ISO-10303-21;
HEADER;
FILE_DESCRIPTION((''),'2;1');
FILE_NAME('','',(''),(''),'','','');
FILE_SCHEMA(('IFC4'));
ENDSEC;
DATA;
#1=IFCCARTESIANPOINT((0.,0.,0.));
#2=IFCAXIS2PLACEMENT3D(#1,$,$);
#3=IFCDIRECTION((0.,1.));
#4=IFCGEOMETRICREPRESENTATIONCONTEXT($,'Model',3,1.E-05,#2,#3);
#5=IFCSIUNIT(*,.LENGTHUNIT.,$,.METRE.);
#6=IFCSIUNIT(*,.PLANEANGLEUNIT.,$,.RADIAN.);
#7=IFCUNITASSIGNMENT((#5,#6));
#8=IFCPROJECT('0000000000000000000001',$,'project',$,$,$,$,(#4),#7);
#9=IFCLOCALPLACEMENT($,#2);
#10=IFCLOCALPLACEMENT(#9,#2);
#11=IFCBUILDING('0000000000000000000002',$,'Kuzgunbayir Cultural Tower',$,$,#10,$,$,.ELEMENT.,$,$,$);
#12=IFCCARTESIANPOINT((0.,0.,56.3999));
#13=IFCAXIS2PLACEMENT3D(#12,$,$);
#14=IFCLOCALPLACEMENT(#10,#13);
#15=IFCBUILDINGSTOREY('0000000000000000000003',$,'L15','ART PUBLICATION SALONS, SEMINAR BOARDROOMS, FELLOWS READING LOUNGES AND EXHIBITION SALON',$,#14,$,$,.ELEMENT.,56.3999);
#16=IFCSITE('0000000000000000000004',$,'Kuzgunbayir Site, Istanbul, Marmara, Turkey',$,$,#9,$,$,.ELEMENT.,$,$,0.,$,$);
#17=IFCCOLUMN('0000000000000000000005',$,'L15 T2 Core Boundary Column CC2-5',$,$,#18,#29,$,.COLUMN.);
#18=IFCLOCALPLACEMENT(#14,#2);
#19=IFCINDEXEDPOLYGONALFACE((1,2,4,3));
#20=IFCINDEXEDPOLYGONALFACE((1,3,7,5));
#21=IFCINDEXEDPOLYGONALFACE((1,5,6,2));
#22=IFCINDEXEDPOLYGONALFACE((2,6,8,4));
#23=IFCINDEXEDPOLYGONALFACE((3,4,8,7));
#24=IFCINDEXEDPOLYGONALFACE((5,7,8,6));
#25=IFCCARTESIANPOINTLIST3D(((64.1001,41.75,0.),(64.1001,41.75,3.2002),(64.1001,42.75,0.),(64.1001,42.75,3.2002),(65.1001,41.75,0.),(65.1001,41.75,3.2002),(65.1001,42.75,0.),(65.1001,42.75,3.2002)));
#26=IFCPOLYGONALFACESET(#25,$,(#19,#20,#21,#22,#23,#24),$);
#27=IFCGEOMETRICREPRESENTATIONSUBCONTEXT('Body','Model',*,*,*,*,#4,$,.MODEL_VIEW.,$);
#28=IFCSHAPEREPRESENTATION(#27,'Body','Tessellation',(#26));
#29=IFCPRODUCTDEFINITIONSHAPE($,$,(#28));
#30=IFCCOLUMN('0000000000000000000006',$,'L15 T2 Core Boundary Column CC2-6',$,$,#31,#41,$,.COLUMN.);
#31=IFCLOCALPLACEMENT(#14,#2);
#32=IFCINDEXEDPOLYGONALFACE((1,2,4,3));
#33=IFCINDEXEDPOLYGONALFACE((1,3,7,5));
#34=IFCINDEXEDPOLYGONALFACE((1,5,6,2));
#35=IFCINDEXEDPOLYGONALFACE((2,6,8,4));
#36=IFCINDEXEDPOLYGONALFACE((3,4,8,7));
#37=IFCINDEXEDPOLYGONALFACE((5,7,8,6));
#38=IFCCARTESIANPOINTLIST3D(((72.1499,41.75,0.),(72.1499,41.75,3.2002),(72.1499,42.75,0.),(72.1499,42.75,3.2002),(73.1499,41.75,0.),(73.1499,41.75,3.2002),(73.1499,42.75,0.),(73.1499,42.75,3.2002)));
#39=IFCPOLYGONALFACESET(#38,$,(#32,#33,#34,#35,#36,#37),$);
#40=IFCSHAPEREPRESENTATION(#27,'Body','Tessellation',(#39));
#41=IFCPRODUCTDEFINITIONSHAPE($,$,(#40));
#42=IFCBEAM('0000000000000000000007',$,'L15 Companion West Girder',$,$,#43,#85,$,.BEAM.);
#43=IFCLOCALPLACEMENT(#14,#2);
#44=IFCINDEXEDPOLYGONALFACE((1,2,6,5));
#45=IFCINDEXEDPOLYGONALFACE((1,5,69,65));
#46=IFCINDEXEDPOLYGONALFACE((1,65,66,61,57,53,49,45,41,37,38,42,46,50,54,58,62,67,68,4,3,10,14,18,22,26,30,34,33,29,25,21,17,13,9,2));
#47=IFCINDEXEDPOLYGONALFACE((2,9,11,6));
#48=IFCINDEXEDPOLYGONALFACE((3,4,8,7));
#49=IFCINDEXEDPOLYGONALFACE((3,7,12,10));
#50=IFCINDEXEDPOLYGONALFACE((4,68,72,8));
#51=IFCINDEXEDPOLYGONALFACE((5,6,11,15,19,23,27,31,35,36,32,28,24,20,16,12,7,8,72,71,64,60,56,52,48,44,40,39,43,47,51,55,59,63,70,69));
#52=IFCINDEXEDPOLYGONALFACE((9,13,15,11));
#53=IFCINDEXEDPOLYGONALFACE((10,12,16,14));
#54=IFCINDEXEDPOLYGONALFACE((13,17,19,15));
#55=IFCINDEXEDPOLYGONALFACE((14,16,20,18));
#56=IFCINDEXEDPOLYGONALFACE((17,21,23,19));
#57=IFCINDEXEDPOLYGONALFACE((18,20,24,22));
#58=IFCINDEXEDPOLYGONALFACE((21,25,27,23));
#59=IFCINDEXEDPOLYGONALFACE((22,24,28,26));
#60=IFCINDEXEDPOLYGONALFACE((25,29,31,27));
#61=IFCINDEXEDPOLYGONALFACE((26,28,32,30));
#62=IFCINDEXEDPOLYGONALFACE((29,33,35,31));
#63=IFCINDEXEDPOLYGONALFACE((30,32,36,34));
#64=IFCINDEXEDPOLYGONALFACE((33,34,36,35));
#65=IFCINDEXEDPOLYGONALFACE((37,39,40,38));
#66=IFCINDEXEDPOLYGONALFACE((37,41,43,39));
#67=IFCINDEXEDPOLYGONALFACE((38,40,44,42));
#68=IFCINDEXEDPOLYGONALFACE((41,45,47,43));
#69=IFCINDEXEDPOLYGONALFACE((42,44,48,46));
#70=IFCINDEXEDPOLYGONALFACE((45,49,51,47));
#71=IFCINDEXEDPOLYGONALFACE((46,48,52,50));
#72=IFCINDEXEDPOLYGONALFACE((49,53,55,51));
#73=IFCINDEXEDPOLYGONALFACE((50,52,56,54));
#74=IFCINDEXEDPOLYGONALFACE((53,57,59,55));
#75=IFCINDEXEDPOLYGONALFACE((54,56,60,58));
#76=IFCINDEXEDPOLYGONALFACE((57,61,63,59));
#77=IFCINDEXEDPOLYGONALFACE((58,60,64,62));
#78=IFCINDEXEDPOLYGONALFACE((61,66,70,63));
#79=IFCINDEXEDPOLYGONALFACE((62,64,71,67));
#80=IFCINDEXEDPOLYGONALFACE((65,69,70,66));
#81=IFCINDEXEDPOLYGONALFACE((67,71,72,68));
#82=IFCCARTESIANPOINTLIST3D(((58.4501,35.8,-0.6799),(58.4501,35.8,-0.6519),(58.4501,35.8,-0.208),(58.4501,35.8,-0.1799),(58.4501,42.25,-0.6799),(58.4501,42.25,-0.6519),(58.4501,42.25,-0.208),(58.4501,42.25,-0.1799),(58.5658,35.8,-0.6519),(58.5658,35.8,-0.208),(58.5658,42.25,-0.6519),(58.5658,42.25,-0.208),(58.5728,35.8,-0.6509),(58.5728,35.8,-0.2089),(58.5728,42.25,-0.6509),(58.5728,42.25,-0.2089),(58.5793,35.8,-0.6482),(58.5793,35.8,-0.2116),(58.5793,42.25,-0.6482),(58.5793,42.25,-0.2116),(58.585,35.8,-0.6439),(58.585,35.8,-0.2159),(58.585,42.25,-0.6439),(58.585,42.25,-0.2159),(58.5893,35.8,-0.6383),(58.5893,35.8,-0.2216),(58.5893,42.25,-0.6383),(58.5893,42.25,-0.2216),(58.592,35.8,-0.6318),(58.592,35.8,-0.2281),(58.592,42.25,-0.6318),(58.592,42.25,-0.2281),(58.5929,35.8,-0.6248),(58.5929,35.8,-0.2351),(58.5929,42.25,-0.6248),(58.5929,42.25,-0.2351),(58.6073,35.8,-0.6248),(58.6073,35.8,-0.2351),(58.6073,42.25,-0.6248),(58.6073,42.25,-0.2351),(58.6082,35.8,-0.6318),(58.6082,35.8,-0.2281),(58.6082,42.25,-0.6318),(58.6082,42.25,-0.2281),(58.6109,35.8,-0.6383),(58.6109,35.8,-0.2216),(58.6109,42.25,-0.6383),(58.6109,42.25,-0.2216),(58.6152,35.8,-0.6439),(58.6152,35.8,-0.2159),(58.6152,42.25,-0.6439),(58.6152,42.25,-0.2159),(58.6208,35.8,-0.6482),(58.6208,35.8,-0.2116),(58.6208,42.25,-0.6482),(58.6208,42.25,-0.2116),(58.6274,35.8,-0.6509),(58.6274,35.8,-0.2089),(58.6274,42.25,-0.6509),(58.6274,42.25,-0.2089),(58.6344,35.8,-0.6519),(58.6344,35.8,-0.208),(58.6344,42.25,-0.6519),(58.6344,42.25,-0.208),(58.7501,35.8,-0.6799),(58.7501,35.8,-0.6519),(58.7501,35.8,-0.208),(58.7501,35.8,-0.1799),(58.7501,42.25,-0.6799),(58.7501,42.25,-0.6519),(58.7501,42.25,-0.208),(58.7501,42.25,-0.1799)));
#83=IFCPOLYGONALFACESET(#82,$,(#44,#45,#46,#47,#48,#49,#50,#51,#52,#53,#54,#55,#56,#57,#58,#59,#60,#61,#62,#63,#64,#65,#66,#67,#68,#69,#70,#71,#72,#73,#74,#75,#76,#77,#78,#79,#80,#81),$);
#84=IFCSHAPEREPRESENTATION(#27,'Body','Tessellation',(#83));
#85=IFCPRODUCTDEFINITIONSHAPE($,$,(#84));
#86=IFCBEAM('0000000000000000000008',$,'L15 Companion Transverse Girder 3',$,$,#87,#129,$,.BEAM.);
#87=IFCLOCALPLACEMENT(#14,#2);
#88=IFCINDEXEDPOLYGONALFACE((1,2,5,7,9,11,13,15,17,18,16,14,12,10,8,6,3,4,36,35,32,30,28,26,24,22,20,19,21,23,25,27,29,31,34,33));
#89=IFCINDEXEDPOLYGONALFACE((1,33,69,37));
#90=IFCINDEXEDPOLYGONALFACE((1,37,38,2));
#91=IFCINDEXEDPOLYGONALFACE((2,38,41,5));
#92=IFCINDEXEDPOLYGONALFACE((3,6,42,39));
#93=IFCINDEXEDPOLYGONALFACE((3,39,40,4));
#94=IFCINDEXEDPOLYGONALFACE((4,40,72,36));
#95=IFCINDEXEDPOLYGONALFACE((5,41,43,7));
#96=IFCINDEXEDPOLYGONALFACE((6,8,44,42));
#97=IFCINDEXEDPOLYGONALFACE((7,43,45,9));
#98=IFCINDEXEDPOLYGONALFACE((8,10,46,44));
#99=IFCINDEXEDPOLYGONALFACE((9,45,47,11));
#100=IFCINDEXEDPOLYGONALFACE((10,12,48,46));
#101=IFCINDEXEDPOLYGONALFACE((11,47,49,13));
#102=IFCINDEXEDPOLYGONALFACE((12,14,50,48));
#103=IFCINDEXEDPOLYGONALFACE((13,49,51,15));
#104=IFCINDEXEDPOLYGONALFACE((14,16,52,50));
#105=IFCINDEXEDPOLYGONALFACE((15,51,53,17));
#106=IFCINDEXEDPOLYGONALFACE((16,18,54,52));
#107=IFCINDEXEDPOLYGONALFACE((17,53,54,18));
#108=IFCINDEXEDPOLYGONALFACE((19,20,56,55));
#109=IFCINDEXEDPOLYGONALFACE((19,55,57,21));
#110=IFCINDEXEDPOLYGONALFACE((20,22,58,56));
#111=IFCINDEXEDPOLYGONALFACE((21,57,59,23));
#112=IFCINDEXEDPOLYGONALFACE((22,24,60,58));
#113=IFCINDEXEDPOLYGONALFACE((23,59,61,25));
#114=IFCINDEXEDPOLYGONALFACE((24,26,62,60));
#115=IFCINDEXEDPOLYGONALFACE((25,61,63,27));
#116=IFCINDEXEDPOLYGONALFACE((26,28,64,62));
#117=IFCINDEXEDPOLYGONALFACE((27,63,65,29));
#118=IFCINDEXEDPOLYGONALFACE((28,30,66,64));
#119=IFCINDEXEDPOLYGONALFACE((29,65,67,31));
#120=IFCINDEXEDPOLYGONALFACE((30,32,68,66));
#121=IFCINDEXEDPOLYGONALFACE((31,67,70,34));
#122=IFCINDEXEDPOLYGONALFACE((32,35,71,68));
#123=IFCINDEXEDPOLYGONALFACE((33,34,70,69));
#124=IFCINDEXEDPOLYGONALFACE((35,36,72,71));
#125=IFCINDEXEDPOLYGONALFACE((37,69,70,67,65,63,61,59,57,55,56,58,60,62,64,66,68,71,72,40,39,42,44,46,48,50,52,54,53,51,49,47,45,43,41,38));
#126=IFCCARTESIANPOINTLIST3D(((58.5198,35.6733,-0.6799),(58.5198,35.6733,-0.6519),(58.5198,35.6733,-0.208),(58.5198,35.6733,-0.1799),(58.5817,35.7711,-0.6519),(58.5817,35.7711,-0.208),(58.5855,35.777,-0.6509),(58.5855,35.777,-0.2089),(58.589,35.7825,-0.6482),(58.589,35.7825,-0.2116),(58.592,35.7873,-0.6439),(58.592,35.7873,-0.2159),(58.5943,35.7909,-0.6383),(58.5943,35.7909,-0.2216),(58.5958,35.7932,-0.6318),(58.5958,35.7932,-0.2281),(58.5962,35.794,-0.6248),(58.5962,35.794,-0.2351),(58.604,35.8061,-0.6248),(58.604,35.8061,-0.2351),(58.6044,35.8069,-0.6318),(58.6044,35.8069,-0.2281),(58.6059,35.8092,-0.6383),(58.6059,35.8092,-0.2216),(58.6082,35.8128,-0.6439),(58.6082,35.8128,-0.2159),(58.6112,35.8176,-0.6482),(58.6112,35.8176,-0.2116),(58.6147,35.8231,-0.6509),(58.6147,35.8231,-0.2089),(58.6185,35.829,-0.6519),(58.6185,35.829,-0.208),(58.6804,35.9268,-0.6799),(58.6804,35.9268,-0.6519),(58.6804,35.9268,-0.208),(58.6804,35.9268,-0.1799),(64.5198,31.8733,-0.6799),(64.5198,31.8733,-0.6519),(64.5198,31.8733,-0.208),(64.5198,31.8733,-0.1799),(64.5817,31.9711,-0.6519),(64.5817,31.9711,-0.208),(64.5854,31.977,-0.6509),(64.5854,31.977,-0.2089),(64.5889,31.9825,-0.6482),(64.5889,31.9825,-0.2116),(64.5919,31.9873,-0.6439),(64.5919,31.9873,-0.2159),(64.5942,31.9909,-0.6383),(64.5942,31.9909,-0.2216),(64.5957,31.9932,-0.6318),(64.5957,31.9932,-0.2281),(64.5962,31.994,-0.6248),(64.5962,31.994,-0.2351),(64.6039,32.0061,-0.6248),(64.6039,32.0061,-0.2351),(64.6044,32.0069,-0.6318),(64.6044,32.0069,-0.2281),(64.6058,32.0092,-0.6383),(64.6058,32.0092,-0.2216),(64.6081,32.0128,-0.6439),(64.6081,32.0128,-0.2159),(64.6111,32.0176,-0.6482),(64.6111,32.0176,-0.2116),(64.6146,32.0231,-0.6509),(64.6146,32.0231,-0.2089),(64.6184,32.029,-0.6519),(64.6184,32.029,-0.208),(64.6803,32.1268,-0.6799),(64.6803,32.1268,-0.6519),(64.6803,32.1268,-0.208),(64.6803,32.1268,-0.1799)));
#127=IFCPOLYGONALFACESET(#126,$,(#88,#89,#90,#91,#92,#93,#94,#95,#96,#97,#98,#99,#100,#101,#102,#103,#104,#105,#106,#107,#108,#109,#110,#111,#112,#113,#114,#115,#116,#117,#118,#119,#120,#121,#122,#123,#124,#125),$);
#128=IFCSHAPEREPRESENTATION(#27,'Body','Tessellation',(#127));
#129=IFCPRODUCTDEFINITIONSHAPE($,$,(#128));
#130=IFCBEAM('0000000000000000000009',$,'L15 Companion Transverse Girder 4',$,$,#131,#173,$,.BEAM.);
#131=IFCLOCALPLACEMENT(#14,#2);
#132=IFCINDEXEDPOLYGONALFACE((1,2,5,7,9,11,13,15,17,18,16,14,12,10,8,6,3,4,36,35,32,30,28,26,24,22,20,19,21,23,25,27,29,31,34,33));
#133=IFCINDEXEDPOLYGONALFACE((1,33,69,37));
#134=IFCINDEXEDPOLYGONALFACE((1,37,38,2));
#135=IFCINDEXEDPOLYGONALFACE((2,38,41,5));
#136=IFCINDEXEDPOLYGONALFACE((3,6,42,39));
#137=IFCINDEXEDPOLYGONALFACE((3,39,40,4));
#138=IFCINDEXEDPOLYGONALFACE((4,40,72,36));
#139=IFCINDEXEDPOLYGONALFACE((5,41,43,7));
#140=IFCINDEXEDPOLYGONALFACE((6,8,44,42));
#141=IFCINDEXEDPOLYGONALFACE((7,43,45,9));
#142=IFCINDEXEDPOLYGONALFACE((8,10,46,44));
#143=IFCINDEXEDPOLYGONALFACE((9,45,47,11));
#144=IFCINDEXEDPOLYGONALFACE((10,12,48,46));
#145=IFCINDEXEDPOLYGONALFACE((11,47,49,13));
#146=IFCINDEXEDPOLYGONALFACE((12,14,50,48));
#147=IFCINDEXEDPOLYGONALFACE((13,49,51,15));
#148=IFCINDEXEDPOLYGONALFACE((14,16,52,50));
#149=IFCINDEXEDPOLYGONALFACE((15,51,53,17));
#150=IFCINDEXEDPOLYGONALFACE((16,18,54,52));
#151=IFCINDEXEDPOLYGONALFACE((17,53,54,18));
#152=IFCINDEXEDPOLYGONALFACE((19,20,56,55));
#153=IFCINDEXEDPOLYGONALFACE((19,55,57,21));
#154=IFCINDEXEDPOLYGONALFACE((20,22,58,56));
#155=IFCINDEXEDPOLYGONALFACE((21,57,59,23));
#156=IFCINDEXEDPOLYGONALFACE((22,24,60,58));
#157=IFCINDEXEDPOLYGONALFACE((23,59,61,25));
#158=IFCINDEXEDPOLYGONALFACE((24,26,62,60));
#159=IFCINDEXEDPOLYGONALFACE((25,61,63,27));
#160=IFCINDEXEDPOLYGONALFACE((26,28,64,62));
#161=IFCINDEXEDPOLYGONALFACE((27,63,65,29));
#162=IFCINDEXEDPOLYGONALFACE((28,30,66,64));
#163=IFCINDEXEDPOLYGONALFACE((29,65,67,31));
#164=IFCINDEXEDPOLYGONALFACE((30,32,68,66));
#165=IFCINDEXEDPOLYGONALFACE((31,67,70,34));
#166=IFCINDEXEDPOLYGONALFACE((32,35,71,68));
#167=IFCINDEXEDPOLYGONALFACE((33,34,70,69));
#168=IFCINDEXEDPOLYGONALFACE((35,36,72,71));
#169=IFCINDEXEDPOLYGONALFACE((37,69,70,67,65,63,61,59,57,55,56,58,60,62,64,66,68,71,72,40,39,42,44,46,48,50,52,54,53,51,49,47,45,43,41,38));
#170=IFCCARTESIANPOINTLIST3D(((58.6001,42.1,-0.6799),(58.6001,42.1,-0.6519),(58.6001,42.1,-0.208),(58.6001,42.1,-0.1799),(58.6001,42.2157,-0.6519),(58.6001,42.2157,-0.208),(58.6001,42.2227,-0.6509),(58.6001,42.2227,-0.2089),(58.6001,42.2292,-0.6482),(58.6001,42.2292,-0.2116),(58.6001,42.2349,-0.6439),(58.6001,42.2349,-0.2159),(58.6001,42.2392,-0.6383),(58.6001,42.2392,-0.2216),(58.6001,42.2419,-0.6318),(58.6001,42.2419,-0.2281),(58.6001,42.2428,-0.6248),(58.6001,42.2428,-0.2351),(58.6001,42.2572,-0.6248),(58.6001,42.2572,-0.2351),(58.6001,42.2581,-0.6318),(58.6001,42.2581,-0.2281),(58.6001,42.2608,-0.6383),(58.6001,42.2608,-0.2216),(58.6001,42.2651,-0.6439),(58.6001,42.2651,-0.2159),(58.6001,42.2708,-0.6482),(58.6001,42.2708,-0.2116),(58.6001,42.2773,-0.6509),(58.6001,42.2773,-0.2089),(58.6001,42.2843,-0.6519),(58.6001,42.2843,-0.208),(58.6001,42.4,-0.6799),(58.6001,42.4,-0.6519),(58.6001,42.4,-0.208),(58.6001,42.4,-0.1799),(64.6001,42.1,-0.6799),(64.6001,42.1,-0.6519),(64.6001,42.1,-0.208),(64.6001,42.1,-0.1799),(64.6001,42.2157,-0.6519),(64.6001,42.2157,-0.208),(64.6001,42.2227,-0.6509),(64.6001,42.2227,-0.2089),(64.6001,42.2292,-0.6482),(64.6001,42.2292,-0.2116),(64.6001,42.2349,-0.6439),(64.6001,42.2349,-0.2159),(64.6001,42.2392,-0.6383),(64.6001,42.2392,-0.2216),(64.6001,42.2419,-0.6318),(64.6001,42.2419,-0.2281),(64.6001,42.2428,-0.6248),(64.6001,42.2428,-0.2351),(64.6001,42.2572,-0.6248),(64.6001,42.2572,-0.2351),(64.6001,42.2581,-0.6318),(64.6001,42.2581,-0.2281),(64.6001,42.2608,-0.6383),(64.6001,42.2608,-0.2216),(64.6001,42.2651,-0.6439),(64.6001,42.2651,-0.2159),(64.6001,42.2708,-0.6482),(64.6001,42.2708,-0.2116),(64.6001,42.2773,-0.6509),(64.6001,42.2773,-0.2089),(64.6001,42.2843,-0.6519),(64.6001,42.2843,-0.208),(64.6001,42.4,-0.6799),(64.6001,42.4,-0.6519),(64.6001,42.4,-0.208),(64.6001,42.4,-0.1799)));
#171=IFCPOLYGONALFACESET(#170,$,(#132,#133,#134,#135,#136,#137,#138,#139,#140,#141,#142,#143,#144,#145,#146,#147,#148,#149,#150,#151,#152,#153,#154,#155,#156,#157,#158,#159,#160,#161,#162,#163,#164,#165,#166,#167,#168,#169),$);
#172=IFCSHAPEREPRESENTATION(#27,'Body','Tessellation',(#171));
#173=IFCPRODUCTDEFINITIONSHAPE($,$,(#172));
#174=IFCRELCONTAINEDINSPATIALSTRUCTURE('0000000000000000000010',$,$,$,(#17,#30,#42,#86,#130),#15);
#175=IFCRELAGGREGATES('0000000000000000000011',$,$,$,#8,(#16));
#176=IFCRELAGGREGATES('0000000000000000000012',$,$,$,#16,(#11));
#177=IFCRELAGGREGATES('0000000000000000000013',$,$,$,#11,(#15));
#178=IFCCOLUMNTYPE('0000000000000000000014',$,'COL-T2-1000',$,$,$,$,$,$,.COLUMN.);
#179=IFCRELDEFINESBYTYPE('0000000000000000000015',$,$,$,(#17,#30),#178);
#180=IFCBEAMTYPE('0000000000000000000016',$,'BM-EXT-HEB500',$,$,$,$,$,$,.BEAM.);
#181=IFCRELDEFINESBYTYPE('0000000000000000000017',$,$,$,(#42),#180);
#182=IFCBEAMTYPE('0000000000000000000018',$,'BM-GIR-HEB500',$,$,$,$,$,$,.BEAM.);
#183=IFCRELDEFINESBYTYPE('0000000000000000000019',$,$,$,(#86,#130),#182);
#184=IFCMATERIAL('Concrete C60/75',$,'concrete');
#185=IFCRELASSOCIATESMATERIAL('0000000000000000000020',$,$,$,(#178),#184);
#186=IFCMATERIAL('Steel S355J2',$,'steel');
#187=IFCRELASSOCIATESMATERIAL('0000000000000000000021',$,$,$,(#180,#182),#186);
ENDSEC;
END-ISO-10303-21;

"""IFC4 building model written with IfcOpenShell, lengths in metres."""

from ifc_helpers import new_model, si_unit, direction, frame, origin, origin_2d, place, context, subcontext, project, spatial, rectangle, i_section, extrude, material, material_profile, profile_set, type_object, element, save


model = new_model("IFC4")

# Units and contexts
model_context = context("Model", 3, precision=1e-05, world=origin(), true_north=direction((0.0, 1.0)))
body_context = subcontext(model_context, "Body", "Model", "MODEL_VIEW")
ifc_project = project(units=[si_unit("LENGTHUNIT", "METRE"), si_unit("PLANEANGLEUNIT", "RADIAN")], contexts=[model_context])

# Site, building, storey
site_placement = place(None, origin())
site = spatial("IfcSite", under=ifc_project, at=site_placement, Name="Kuzgunbayir Site, Istanbul, Marmara, Turkey", CompositionType="ELEMENT", RefElevation=0.0)
building_placement = place(site_placement, origin())
building = spatial("IfcBuilding", under=site, at=building_placement, Name="Kuzgunbayir Cultural Tower", CompositionType="ELEMENT")
storey_placement = place(building_placement, frame((0.0, 0.0, 56.3999)))
storey = spatial("IfcBuildingStorey", under=building, at=storey_placement, Name="L15", Description="ART PUBLICATION SALONS, SEMINAR BOARDROOMS, FELLOWS READING LOUNGES AND EXHIBITION SALON", CompositionType="ELEMENT", Elevation=56.3999)

# Columns
ifc_material_1 = material(Name="Concrete C60/75", Category="concrete")
ifc_material_profile_1 = material_profile(ifc_material_1, rectangle(XDim=1.0, YDim=1.0, at=origin_2d()), Name="RC 1000x1000")
ifc_profile_set_1 = profile_set([ifc_material_profile_1], Name="Concrete C60/75")
column_type = type_object("IfcColumnType", Name="COL-T2-1000", PredefinedType="COLUMN", material=ifc_profile_set_1)
for number, where, z_axis, x_axis, name in (
    (1, (64.6001, 42.25, 0.0), (0.0, 0.0, 1.0), (1.0, 0.0, 0.0), "L15 T2 Core Boundary Column CC2-5"),
    (2, (72.6499, 42.25, 0.0), (0.0, 0.0, 1.0), (1.0, 0.0, 0.0), "L15 T2 Core Boundary Column CC2-6"),
):
    element("IfcColumn", number, at=place(storey_placement, frame(where, z_axis=z_axis, x_axis=x_axis)), inside=storey, type_object=column_type, Name=name, PredefinedType="COLUMN", context=body_context, shape_type="SweptSolid", body=[
        extrude(rectangle(XDim=1.0, YDim=1.0, at=origin_2d()), origin(), (0.0, 0.0, 1.0), 3.2002),
    ])

# Beams
ifc_material_2 = material(Name="Steel S355J2", Category="steel")
ifc_material_profile_2 = material_profile(ifc_material_2, i_section(OverallWidth=0.3, OverallDepth=0.5, WebThickness=0.0144, FlangeThickness=0.0281, FilletRadius=0.0271, at=origin_2d()), Name="HEB 500")
ifc_profile_set_2 = profile_set([ifc_material_profile_2], Name="Steel S355J2")
beam_type_1 = type_object("IfcBeamType", Name="BM-EXT-HEB500", PredefinedType="BEAM", material=ifc_profile_set_2)
beam_1_placement = place(storey_placement, frame((58.6001, 35.8, -0.4299), z_axis=(0.0, 1.0, 0.0), x_axis=(-1.0, 0.0, 0.0)))
element("IfcBeam", 3, at=beam_1_placement, inside=storey, type_object=beam_type_1, Name="L15 Companion West Girder", PredefinedType="BEAM", context=body_context, shape_type="SweptSolid", body=[
    extrude(i_section(OverallWidth=0.3, OverallDepth=0.5, WebThickness=0.0144, FlangeThickness=0.0281, FilletRadius=0.0271, at=origin_2d()), origin(), (0.0, 0.0, 1.0), 6.45),
])
ifc_material_profile_3 = material_profile(ifc_material_2, i_section(OverallWidth=0.3, OverallDepth=0.5, WebThickness=0.0144, FlangeThickness=0.0281, FilletRadius=0.0271, at=origin_2d()), Name="HEB 500")
ifc_profile_set_3 = profile_set([ifc_material_profile_3], Name="Steel S355J2")
beam_type_2 = type_object("IfcBeamType", Name="BM-GIR-HEB500", PredefinedType="BEAM", material=ifc_profile_set_3)
beam_2_placement = place(storey_placement, frame((58.6001, 35.8, -0.4299), z_axis=(0.844816, -0.535057, 0.0), x_axis=(0.535057, 0.844816, 0.0)))
element("IfcBeam", 4, at=beam_2_placement, inside=storey, type_object=beam_type_2, Name="L15 Companion Transverse Girder 3", PredefinedType="BEAM", context=body_context, shape_type="SweptSolid", body=[
    extrude(i_section(OverallWidth=0.3, OverallDepth=0.5, WebThickness=0.0144, FlangeThickness=0.0281, FilletRadius=0.0271, at=origin_2d()), origin(), (0.0, 0.0, 1.0), 7.1021),
])
beam_3_placement = place(storey_placement, frame((58.6001, 42.25, -0.4299), z_axis=(1.0, 0.0, 0.0), x_axis=(0.0, 1.0, 0.0)))
element("IfcBeam", 5, at=beam_3_placement, inside=storey, type_object=beam_type_2, Name="L15 Companion Transverse Girder 4", PredefinedType="BEAM", context=body_context, shape_type="SweptSolid", body=[
    extrude(i_section(OverallWidth=0.3, OverallDepth=0.5, WebThickness=0.0144, FlangeThickness=0.0281, FilletRadius=0.0271, at=origin_2d()), origin(), (0.0, 0.0, 1.0), 6.0),
])

save(model, "model.ifc")
